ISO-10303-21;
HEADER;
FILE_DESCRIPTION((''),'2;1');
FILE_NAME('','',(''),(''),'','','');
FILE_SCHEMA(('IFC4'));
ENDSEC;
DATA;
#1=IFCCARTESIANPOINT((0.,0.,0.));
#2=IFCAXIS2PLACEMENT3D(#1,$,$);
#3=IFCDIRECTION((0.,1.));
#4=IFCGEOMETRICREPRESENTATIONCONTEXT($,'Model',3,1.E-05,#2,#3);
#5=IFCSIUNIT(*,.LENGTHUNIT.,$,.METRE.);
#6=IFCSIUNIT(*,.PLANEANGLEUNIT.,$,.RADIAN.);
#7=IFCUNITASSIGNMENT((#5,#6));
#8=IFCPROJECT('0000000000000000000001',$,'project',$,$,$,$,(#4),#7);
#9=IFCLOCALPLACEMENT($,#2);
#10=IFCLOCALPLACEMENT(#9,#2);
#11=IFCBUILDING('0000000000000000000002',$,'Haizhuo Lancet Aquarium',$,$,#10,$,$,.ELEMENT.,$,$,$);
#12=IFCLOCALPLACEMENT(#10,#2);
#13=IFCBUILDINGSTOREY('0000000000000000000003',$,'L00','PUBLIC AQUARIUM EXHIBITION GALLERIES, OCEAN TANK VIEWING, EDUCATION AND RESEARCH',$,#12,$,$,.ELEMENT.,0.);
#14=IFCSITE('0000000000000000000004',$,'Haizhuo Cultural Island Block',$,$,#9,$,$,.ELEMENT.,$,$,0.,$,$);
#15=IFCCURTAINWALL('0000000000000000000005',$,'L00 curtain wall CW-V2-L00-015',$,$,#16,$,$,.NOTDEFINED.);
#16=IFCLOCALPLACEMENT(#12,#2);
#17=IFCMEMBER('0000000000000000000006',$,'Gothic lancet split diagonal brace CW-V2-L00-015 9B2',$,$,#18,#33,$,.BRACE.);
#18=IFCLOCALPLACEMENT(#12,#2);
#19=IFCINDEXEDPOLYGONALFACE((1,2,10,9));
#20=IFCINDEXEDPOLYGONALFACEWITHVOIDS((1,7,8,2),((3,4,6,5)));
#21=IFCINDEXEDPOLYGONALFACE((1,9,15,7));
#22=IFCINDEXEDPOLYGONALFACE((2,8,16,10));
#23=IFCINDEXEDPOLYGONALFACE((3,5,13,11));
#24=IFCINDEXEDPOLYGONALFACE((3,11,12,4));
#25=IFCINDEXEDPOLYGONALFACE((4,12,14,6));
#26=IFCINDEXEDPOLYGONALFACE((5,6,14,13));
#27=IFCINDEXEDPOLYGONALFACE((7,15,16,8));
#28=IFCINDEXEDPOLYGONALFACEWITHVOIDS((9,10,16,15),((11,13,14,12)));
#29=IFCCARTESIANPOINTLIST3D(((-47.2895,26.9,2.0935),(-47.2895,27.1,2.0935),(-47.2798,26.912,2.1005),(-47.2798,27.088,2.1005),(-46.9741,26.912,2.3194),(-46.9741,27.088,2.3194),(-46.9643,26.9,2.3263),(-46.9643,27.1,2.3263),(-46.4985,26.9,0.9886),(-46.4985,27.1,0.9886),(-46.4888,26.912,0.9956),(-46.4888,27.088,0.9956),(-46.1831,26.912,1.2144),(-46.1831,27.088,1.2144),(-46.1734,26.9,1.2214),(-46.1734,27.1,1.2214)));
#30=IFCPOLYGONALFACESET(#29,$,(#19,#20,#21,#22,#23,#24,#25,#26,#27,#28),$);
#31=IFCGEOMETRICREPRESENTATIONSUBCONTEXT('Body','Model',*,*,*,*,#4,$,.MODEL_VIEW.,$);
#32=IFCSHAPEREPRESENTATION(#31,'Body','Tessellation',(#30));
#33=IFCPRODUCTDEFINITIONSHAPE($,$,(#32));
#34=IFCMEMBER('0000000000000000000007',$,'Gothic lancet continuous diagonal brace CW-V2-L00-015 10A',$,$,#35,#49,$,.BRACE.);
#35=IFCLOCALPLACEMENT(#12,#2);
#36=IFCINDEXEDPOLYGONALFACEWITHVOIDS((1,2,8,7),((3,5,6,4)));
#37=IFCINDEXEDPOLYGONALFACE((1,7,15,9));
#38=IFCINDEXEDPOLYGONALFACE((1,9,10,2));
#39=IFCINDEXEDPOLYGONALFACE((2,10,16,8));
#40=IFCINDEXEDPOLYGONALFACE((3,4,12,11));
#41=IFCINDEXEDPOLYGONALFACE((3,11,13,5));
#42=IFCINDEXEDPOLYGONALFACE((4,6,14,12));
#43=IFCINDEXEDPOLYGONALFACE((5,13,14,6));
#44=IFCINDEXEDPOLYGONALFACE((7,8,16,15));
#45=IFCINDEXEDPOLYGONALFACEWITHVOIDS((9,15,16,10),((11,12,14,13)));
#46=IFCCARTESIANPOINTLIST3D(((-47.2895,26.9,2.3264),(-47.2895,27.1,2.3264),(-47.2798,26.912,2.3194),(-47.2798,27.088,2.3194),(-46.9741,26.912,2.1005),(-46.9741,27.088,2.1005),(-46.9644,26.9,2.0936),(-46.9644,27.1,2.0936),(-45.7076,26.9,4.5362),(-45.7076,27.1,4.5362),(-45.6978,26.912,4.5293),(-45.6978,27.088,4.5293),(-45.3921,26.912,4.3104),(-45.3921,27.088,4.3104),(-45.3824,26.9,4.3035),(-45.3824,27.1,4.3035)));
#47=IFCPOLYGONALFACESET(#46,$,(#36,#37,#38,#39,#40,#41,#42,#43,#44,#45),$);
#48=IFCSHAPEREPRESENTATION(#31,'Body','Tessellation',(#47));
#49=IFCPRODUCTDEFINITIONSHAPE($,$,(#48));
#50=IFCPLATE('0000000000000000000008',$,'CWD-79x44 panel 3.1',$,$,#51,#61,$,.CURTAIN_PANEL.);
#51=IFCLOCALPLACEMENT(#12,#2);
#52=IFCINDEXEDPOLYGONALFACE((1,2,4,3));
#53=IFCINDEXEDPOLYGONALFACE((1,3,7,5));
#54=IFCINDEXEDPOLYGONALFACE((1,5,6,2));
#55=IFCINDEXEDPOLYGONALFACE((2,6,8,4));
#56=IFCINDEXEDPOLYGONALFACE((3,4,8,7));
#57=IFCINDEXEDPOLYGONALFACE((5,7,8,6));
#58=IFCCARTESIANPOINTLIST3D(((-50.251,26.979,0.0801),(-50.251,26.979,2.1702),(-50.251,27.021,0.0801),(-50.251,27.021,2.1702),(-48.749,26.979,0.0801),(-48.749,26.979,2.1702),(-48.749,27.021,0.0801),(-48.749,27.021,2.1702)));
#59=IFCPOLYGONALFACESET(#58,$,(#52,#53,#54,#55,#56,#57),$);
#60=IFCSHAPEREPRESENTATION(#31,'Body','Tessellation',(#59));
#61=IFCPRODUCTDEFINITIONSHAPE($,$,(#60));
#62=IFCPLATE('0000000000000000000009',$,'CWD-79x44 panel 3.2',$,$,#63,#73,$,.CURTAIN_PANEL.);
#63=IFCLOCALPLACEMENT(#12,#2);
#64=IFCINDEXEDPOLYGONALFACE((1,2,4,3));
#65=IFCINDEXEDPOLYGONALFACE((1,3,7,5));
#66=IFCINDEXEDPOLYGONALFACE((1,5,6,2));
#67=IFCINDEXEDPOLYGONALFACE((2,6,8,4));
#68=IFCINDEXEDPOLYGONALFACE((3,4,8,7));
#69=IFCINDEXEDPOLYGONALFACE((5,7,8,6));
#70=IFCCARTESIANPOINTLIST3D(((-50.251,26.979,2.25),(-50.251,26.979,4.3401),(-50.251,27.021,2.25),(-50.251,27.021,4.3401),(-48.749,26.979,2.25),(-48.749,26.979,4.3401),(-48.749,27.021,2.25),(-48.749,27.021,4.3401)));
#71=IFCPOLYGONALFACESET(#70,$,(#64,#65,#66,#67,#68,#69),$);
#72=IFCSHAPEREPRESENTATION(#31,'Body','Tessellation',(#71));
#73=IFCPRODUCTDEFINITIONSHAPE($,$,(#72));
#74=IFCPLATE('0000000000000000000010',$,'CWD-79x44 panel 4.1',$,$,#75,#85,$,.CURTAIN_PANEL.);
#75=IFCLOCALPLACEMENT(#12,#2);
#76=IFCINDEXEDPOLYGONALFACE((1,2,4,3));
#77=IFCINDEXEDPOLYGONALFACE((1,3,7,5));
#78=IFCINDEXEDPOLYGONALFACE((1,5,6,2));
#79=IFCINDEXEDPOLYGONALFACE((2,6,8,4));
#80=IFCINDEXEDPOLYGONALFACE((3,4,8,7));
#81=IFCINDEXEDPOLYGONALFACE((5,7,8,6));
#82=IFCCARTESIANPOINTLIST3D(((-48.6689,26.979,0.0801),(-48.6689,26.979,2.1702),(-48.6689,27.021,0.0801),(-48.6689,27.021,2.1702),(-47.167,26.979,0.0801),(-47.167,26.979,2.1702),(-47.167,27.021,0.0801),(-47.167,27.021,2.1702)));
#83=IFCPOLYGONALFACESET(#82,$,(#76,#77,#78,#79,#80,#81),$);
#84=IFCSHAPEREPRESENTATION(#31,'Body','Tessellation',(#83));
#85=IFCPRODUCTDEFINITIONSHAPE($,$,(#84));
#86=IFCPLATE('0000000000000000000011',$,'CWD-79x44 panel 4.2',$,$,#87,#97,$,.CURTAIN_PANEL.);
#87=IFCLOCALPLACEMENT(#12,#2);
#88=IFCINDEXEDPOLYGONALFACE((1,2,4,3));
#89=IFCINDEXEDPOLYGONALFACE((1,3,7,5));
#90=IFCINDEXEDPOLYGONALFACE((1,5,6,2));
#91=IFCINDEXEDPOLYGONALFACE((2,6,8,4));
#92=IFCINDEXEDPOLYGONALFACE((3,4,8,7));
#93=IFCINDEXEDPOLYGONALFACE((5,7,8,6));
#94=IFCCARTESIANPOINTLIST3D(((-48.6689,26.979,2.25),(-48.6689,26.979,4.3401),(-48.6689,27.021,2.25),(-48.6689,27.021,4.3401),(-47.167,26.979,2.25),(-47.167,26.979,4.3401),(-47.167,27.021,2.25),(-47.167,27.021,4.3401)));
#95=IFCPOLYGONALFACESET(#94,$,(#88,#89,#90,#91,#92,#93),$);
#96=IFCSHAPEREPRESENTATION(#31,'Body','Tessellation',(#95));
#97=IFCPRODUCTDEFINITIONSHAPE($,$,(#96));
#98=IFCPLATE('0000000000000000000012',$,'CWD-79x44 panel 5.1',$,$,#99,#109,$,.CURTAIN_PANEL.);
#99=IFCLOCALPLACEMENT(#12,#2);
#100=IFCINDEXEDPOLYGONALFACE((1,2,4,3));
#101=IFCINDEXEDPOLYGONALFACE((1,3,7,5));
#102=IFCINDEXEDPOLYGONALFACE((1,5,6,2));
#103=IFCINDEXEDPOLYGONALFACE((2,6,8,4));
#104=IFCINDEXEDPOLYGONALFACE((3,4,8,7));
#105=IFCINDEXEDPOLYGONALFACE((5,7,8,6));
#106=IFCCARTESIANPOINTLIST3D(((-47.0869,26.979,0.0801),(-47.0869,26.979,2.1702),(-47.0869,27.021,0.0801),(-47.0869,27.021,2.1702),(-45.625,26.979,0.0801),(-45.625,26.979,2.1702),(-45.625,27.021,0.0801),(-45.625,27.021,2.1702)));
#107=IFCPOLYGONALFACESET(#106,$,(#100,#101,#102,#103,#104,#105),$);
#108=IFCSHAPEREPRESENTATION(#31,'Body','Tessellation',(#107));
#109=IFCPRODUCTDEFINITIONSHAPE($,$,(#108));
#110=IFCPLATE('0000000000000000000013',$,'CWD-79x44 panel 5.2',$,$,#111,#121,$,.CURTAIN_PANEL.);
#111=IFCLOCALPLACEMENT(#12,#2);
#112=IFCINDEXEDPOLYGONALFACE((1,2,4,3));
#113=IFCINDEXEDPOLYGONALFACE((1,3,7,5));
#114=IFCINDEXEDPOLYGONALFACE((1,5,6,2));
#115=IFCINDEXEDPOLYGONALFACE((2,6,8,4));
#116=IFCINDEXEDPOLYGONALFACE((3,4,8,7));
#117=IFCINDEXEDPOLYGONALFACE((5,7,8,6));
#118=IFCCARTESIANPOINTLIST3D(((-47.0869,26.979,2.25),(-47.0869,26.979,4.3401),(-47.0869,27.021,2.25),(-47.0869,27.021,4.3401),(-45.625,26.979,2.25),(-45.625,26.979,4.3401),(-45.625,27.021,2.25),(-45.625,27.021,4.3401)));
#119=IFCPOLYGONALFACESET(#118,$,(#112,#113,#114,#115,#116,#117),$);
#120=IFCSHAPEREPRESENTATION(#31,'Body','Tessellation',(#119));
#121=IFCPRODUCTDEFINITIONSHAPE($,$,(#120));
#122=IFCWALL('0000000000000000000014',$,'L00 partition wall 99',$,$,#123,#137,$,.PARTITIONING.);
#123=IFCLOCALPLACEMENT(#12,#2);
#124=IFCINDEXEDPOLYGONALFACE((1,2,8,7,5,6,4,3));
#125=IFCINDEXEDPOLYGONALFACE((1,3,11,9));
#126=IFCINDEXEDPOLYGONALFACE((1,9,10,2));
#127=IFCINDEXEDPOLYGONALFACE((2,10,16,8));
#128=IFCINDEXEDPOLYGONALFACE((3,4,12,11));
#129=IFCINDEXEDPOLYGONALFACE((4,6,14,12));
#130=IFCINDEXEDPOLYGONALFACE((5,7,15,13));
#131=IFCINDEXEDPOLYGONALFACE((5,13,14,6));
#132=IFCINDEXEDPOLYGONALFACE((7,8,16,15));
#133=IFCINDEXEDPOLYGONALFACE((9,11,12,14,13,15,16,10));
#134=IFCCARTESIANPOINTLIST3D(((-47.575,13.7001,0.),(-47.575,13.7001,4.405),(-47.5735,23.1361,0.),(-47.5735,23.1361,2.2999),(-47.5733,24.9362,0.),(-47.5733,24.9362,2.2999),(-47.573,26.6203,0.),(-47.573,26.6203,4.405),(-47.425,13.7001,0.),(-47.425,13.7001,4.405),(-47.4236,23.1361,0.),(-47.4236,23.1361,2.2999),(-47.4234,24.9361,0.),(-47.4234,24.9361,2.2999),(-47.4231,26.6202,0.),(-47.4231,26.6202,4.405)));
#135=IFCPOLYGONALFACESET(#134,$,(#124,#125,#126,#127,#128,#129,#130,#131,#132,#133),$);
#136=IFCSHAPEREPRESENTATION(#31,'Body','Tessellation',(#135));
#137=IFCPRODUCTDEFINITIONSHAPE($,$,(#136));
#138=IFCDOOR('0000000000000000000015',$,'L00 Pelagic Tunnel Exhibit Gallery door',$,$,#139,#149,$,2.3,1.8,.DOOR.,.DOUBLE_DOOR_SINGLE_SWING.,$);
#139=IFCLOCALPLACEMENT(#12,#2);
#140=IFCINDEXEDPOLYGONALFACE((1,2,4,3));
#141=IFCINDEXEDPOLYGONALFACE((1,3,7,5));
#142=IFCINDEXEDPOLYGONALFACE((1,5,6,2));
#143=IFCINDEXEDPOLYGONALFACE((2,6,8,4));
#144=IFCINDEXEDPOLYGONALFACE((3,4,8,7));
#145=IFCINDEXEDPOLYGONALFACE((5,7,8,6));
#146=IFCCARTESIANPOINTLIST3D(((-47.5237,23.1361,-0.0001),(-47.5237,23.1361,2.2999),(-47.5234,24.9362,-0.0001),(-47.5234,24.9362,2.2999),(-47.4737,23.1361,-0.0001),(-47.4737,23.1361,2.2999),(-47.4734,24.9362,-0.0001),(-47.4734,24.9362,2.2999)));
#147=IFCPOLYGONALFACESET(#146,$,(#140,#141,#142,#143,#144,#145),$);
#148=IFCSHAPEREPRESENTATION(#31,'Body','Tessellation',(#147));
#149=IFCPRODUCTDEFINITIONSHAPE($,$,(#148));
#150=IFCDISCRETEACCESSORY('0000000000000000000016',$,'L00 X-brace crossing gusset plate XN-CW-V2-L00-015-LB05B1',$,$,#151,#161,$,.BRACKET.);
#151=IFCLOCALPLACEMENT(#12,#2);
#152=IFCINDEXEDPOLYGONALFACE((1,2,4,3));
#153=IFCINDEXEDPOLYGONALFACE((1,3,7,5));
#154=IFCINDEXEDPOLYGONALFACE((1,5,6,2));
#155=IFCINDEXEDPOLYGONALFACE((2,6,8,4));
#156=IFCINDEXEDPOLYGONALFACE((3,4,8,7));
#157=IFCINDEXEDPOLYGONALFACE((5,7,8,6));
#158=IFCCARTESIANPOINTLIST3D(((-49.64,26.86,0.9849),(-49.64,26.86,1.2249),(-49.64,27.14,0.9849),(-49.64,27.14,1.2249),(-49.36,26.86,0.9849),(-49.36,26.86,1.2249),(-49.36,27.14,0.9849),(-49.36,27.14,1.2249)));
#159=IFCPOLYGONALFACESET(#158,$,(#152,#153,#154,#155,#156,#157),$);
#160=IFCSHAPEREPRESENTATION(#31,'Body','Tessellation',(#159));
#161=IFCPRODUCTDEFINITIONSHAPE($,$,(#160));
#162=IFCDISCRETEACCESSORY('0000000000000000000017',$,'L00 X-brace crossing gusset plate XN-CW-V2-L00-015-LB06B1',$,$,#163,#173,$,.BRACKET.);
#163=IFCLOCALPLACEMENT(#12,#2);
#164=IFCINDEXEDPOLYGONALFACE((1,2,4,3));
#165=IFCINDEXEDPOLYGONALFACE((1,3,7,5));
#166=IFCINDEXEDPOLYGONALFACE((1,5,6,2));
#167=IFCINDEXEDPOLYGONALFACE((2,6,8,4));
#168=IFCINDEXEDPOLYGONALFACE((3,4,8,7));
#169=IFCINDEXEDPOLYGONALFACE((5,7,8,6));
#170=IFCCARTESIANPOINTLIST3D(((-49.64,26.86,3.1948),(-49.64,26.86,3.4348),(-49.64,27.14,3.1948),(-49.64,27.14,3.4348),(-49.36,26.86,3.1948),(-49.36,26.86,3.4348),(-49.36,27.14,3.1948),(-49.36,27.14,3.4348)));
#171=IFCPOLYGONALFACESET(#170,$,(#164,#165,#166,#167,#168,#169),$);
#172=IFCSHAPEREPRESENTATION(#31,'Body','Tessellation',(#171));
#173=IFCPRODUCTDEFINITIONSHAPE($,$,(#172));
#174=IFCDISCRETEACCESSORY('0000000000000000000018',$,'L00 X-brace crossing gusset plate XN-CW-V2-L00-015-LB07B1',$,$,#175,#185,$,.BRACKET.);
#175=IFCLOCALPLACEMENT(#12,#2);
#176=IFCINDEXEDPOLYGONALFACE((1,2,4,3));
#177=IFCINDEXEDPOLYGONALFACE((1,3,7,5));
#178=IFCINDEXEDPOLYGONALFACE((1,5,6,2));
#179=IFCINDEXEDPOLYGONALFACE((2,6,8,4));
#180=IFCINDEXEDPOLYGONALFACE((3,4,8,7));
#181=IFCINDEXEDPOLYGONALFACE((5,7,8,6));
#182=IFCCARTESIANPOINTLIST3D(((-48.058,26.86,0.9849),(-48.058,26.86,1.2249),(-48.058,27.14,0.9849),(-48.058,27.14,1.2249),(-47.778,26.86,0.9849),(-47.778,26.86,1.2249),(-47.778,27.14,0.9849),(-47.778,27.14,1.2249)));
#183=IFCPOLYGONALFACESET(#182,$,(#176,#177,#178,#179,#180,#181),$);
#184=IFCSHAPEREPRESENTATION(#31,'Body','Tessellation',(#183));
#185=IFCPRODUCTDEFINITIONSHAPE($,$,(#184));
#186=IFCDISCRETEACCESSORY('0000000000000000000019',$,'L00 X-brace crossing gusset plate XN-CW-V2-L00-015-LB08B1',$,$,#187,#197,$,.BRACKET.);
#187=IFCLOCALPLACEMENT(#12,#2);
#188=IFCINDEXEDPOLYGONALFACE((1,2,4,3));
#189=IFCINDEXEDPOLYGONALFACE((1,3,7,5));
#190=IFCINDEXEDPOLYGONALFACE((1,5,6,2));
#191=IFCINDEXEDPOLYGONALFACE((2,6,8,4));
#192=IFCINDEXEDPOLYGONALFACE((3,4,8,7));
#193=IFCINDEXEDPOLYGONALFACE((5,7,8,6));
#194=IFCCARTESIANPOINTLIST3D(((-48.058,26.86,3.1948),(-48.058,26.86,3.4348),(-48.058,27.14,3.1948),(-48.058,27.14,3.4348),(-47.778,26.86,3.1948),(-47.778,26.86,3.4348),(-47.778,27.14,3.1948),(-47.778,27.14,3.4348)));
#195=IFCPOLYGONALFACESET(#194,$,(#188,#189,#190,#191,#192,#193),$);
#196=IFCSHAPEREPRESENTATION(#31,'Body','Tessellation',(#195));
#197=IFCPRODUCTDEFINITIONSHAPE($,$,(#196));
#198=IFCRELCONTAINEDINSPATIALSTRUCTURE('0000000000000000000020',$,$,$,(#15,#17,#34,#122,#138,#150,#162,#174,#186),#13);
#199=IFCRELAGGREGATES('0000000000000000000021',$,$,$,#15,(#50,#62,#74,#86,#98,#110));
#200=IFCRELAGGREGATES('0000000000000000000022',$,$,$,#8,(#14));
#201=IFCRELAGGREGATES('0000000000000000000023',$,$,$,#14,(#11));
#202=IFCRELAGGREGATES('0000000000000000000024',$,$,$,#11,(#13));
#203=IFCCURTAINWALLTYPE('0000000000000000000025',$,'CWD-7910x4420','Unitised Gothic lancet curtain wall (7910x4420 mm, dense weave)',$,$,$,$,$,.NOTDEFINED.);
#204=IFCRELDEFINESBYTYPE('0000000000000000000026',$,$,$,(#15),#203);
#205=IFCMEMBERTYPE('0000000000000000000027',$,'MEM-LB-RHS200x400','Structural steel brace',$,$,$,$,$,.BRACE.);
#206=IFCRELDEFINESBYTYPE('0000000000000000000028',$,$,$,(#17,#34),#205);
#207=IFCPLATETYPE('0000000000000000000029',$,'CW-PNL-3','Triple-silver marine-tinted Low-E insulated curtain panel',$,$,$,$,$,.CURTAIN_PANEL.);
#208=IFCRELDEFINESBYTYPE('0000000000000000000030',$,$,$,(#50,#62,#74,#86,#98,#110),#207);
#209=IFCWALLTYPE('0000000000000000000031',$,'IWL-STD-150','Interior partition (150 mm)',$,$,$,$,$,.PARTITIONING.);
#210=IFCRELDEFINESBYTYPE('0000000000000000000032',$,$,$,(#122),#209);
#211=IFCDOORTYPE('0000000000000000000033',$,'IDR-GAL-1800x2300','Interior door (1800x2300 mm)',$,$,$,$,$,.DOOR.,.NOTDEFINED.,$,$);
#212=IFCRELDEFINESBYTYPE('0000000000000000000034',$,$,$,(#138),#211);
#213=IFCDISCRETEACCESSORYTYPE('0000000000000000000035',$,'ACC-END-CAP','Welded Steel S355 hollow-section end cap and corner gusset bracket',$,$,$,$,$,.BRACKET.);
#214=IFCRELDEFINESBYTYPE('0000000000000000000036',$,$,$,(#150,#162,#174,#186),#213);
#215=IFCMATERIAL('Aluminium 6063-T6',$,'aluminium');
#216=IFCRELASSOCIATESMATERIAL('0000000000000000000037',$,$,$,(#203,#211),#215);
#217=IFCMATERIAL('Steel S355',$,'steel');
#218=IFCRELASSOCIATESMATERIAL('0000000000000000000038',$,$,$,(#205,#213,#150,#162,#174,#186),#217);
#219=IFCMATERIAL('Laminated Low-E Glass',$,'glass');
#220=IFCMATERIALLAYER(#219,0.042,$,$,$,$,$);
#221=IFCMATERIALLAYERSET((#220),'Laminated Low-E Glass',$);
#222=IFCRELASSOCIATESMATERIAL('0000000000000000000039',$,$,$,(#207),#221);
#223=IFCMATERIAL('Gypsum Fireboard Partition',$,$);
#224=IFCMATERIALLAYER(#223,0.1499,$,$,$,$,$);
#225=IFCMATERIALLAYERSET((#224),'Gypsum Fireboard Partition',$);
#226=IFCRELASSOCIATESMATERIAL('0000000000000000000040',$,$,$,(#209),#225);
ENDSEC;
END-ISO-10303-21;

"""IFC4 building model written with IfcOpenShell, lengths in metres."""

from ifc_helpers import new_model, si_unit, direction, frame, frame_2d, origin, origin_2d, place, context, subcontext, project, spatial, rectangle, hollow_rectangle, extrude, material, layer, layer_set, material_profile, profile_set, type_object, element, fill, aggregate, save


model = new_model("IFC4")

# Units and contexts
model_context = context("Model", 3, precision=1e-05, world=origin(), true_north=direction((0.0, 1.0)))
body_context = subcontext(model_context, "Body", "Model", "MODEL_VIEW")
ifc_project = project(units=[si_unit("LENGTHUNIT", "METRE"), si_unit("PLANEANGLEUNIT", "RADIAN")], contexts=[model_context])

# Site, building, storey
site_placement = place(None, origin())
site = spatial("IfcSite", under=ifc_project, at=site_placement, Name="Haizhuo Cultural Island Block", CompositionType="ELEMENT", RefElevation=0.0)
building_placement = place(site_placement, origin())
building = spatial("IfcBuilding", under=site, at=building_placement, Name="Haizhuo Lancet Aquarium", CompositionType="ELEMENT")
storey_placement = place(building_placement, origin())
storey = spatial("IfcBuildingStorey", under=building, at=storey_placement, Name="L00", Description="PUBLIC AQUARIUM EXHIBITION GALLERIES, OCEAN TANK VIEWING, EDUCATION AND RESEARCH", CompositionType="ELEMENT", Elevation=0.0)

# Curtain wall
ifc_material_1 = material(Name="Aluminium 6063-T6", Category="aluminium")
curtain_wall_type = type_object("IfcCurtainWallType", Name="CWD-7910x4420", Description="Unitised Gothic lancet curtain wall (7910x4420 mm, dense weave)", PredefinedType="NOTDEFINED", material=ifc_material_1)
curtain_wall_placement = place(storey_placement, origin())
curtain_wall = element("IfcCurtainWall", 1, at=curtain_wall_placement, inside=storey, type_object=curtain_wall_type, Name="L00 curtain wall CW-V2-L00-015", PredefinedType="NOTDEFINED")

# Members
ifc_material_2 = material(Name="Steel S355", Category="steel")
ifc_material_profile_1 = material_profile(ifc_material_2, hollow_rectangle(XDim=0.2, YDim=0.3999, WallThickness=0.012, at=origin_2d()), Name="RHS 200x400x12")
ifc_profile_set_1 = profile_set([ifc_material_profile_1], Name="Steel S355")
member_type_1 = type_object("IfcMemberType", Name="MEM-LB-RHS200x400", Description="Structural steel brace", PredefinedType="BRACE", material=ifc_profile_set_1)
member_1_placement = place(storey_placement, frame((-46.3359, 27.0, 1.105), z_axis=(-0.582088, 0.0, 0.813126), x_axis=(0.0, -1.0, 0.0)))
element("IfcMember", 2, at=member_1_placement, inside=storey, type_object=member_type_1, Name="Gothic lancet split diagonal brace CW-V2-L00-015 9B2", PredefinedType="BRACE", context=body_context, shape_type="SweptSolid", body=[
    extrude(hollow_rectangle(XDim=0.2, YDim=0.3999, WallThickness=0.012, at=origin_2d()), origin(), (0.0, 0.0, 1.0), 1.3589),
])
member_2_placement = place(storey_placement, frame((-47.127, 27.0, 2.21), z_axis=(0.582088, 0.0, 0.813126), x_axis=(0.0, 1.0, 0.0)))
element("IfcMember", 3, at=member_2_placement, inside=storey, type_object=member_type_1, Name="Gothic lancet continuous diagonal brace CW-V2-L00-015 10A", PredefinedType="BRACE", context=body_context, shape_type="SweptSolid", body=[
    extrude(hollow_rectangle(XDim=0.2, YDim=0.3999, WallThickness=0.012, at=origin_2d()), origin(), (0.0, 0.0, 1.0), 2.7178),
])

# Plates
ifc_material_3 = material(Name="Laminated Low-E Glass", Category="glass")
ifc_layer_1 = layer(ifc_material_3, 0.042)
ifc_layer_set_1 = layer_set([ifc_layer_1], Name="Laminated Low-E Glass")
plate_type = type_object("IfcPlateType", Name="CW-PNL-3", Description="Triple-silver marine-tinted Low-E insulated curtain panel", PredefinedType="CURTAIN_PANEL", material=ifc_layer_set_1)
plate_1_placement = place(storey_placement, frame((-49.5, 27.0, 0.0801), z_axis=(0.0, 0.0, 1.0), x_axis=(1.0, 0.0, 0.0)))
plate_1 = element("IfcPlate", 4, at=plate_1_placement, type_object=plate_type, Name="CWD-79x44 panel 3.1", PredefinedType="CURTAIN_PANEL", context=body_context, shape_type="SweptSolid", body=[
    extrude(rectangle(XDim=1.502, YDim=0.042, at=origin_2d()), origin(), (0.0, 0.0, 1.0), 2.0901),
])
plate_2_placement = place(storey_placement, frame((-49.5, 27.0, 2.25), z_axis=(0.0, 0.0, 1.0), x_axis=(1.0, 0.0, 0.0)))
plate_2 = element("IfcPlate", 5, at=plate_2_placement, type_object=plate_type, Name="CWD-79x44 panel 3.2", PredefinedType="CURTAIN_PANEL", context=body_context, shape_type="SweptSolid", body=[
    extrude(rectangle(XDim=1.502, YDim=0.042, at=origin_2d()), origin(), (0.0, 0.0, 1.0), 2.0901),
])
plate_3_placement = place(storey_placement, frame((-47.918, 27.0, 0.0801), z_axis=(0.0, 0.0, 1.0), x_axis=(1.0, 0.0, 0.0)))
plate_3 = element("IfcPlate", 6, at=plate_3_placement, type_object=plate_type, Name="CWD-79x44 panel 4.1", PredefinedType="CURTAIN_PANEL", context=body_context, shape_type="SweptSolid", body=[
    extrude(rectangle(XDim=1.502, YDim=0.042, at=origin_2d()), origin(), (0.0, 0.0, 1.0), 2.0901),
])
plate_4_placement = place(storey_placement, frame((-47.918, 27.0, 2.25), z_axis=(0.0, 0.0, 1.0), x_axis=(1.0, 0.0, 0.0)))
plate_4 = element("IfcPlate", 7, at=plate_4_placement, type_object=plate_type, Name="CWD-79x44 panel 4.2", PredefinedType="CURTAIN_PANEL", context=body_context, shape_type="SweptSolid", body=[
    extrude(rectangle(XDim=1.502, YDim=0.042, at=origin_2d()), origin(), (0.0, 0.0, 1.0), 2.0901),
])
plate_5_placement = place(storey_placement, frame((-46.356, 27.0, 0.0801), z_axis=(0.0, 0.0, 1.0), x_axis=(1.0, 0.0, 0.0)))
plate_5 = element("IfcPlate", 8, at=plate_5_placement, type_object=plate_type, Name="CWD-79x44 panel 5.1", PredefinedType="CURTAIN_PANEL", context=body_context, shape_type="SweptSolid", body=[
    extrude(rectangle(XDim=1.4619, YDim=0.042, at=origin_2d()), origin(), (0.0, 0.0, 1.0), 2.0901),
])
plate_6_placement = place(storey_placement, frame((-46.356, 27.0, 2.25), z_axis=(0.0, 0.0, 1.0), x_axis=(1.0, 0.0, 0.0)))
plate_6 = element("IfcPlate", 9, at=plate_6_placement, type_object=plate_type, Name="CWD-79x44 panel 5.2", PredefinedType="CURTAIN_PANEL", context=body_context, shape_type="SweptSolid", body=[
    extrude(rectangle(XDim=1.4619, YDim=0.042, at=origin_2d()), origin(), (0.0, 0.0, 1.0), 2.0901),
])
aggregate(curtain_wall, [plate_1, plate_2, plate_3, plate_4, plate_5, plate_6])

# Wall, opening, door
ifc_material_4 = material(Name="Gypsum Fireboard Partition")
ifc_layer_2 = layer(ifc_material_4, 0.1499)
ifc_layer_set_2 = layer_set([ifc_layer_2], Name="Gypsum Fireboard Partition")
wall_type = type_object("IfcWallType", Name="IWL-STD-150", Description="Interior partition (150 mm)", PredefinedType="PARTITIONING", material=ifc_layer_set_2)
wall_placement = place(storey_placement, frame((-47.498, 26.6201, 0.0), z_axis=(0.0, 0.0, 1.0), x_axis=(-0.000151, -1.0, 0.0)))
wall = element("IfcWall", 10, at=wall_placement, inside=storey, type_object=wall_type, Name="L00 partition wall 99", PredefinedType="PARTITIONING", context=body_context, shape_type="SweptSolid", body=[
    extrude(rectangle(XDim=12.9202, YDim=0.1499, at=frame_2d((6.46, 0.0))), origin(), (0.0, 0.0, 1.0), 4.405),
])
opening_placement = place(wall_placement, frame((1.6841, 0.0, 0.0)))
opening = element("IfcOpeningElement", 11, at=opening_placement, cuts=wall, PredefinedType="OPENING", context=body_context, shape_type="SweptSolid", body=[
    extrude(rectangle(XDim=1.8, YDim=2.3, at=frame_2d((0.8999, 1.1499))), frame((0.0, 0.085, 0.0), z_axis=(0.0, -1.0, 0.0), x_axis=(1.0, 0.0, 0.0)), (0.0, 0.0, 1.0), 0.1699),
])
door_type = type_object("IfcDoorType", Name="IDR-GAL-1800x2300", Description="Interior door (1800x2300 mm)", OperationType="NOTDEFINED", PredefinedType="DOOR", material=ifc_material_1)
door_placement = place(opening_placement, origin())
door = element("IfcDoor", 12, at=door_placement, inside=storey, type_object=door_type, Name="L00 Pelagic Tunnel Exhibit Gallery door", OperationType="DOUBLE_DOOR_SINGLE_SWING", OverallHeight=2.3, OverallWidth=1.8, PredefinedType="DOOR", context=body_context, shape_type="SweptSolid", body=[
    extrude(rectangle(XDim=1.8, YDim=2.3, at=frame_2d((0.8999, 1.1499))), frame((0.0, 0.0249, 0.0), z_axis=(0.0, -1.0, 0.0), x_axis=(1.0, 0.0, 0.0)), (0.0, 0.0, 1.0), 0.05),
])
fill(opening, door)

# Discrete accessories
discrete_accessory_type = type_object("IfcDiscreteAccessoryType", Name="ACC-END-CAP", Description="Welded Steel S355 hollow-section end cap and corner gusset bracket", PredefinedType="BRACKET", material=ifc_material_2)
for number, where, z_axis, x_axis, name in (
    (13, (-49.5, 27.0, 0.9849), (0.0, 0.0, 1.0), (1.0, 0.0, 0.0), "L00 X-brace crossing gusset plate XN-CW-V2-L00-015-LB05B1"),
    (14, (-49.5, 27.0, 3.1948), (0.0, 0.0, 1.0), (1.0, 0.0, 0.0), "L00 X-brace crossing gusset plate XN-CW-V2-L00-015-LB06B1"),
    (15, (-47.918, 27.0, 0.9849), (0.0, 0.0, 1.0), (1.0, 0.0, 0.0), "L00 X-brace crossing gusset plate XN-CW-V2-L00-015-LB07B1"),
    (16, (-47.918, 27.0, 3.1948), (0.0, 0.0, 1.0), (1.0, 0.0, 0.0), "L00 X-brace crossing gusset plate XN-CW-V2-L00-015-LB08B1"),
):
    element("IfcDiscreteAccessory", number, at=place(storey_placement, frame(where, z_axis=z_axis, x_axis=x_axis)), inside=storey, type_object=discrete_accessory_type, material=ifc_material_2, Name=name, PredefinedType="BRACKET", context=body_context, shape_type="SweptSolid", body=[
        extrude(rectangle(XDim=0.28, YDim=0.28, at=origin_2d()), origin(), (0.0, 0.0, 1.0), 0.24),
    ])

save(model, "model.ifc")
